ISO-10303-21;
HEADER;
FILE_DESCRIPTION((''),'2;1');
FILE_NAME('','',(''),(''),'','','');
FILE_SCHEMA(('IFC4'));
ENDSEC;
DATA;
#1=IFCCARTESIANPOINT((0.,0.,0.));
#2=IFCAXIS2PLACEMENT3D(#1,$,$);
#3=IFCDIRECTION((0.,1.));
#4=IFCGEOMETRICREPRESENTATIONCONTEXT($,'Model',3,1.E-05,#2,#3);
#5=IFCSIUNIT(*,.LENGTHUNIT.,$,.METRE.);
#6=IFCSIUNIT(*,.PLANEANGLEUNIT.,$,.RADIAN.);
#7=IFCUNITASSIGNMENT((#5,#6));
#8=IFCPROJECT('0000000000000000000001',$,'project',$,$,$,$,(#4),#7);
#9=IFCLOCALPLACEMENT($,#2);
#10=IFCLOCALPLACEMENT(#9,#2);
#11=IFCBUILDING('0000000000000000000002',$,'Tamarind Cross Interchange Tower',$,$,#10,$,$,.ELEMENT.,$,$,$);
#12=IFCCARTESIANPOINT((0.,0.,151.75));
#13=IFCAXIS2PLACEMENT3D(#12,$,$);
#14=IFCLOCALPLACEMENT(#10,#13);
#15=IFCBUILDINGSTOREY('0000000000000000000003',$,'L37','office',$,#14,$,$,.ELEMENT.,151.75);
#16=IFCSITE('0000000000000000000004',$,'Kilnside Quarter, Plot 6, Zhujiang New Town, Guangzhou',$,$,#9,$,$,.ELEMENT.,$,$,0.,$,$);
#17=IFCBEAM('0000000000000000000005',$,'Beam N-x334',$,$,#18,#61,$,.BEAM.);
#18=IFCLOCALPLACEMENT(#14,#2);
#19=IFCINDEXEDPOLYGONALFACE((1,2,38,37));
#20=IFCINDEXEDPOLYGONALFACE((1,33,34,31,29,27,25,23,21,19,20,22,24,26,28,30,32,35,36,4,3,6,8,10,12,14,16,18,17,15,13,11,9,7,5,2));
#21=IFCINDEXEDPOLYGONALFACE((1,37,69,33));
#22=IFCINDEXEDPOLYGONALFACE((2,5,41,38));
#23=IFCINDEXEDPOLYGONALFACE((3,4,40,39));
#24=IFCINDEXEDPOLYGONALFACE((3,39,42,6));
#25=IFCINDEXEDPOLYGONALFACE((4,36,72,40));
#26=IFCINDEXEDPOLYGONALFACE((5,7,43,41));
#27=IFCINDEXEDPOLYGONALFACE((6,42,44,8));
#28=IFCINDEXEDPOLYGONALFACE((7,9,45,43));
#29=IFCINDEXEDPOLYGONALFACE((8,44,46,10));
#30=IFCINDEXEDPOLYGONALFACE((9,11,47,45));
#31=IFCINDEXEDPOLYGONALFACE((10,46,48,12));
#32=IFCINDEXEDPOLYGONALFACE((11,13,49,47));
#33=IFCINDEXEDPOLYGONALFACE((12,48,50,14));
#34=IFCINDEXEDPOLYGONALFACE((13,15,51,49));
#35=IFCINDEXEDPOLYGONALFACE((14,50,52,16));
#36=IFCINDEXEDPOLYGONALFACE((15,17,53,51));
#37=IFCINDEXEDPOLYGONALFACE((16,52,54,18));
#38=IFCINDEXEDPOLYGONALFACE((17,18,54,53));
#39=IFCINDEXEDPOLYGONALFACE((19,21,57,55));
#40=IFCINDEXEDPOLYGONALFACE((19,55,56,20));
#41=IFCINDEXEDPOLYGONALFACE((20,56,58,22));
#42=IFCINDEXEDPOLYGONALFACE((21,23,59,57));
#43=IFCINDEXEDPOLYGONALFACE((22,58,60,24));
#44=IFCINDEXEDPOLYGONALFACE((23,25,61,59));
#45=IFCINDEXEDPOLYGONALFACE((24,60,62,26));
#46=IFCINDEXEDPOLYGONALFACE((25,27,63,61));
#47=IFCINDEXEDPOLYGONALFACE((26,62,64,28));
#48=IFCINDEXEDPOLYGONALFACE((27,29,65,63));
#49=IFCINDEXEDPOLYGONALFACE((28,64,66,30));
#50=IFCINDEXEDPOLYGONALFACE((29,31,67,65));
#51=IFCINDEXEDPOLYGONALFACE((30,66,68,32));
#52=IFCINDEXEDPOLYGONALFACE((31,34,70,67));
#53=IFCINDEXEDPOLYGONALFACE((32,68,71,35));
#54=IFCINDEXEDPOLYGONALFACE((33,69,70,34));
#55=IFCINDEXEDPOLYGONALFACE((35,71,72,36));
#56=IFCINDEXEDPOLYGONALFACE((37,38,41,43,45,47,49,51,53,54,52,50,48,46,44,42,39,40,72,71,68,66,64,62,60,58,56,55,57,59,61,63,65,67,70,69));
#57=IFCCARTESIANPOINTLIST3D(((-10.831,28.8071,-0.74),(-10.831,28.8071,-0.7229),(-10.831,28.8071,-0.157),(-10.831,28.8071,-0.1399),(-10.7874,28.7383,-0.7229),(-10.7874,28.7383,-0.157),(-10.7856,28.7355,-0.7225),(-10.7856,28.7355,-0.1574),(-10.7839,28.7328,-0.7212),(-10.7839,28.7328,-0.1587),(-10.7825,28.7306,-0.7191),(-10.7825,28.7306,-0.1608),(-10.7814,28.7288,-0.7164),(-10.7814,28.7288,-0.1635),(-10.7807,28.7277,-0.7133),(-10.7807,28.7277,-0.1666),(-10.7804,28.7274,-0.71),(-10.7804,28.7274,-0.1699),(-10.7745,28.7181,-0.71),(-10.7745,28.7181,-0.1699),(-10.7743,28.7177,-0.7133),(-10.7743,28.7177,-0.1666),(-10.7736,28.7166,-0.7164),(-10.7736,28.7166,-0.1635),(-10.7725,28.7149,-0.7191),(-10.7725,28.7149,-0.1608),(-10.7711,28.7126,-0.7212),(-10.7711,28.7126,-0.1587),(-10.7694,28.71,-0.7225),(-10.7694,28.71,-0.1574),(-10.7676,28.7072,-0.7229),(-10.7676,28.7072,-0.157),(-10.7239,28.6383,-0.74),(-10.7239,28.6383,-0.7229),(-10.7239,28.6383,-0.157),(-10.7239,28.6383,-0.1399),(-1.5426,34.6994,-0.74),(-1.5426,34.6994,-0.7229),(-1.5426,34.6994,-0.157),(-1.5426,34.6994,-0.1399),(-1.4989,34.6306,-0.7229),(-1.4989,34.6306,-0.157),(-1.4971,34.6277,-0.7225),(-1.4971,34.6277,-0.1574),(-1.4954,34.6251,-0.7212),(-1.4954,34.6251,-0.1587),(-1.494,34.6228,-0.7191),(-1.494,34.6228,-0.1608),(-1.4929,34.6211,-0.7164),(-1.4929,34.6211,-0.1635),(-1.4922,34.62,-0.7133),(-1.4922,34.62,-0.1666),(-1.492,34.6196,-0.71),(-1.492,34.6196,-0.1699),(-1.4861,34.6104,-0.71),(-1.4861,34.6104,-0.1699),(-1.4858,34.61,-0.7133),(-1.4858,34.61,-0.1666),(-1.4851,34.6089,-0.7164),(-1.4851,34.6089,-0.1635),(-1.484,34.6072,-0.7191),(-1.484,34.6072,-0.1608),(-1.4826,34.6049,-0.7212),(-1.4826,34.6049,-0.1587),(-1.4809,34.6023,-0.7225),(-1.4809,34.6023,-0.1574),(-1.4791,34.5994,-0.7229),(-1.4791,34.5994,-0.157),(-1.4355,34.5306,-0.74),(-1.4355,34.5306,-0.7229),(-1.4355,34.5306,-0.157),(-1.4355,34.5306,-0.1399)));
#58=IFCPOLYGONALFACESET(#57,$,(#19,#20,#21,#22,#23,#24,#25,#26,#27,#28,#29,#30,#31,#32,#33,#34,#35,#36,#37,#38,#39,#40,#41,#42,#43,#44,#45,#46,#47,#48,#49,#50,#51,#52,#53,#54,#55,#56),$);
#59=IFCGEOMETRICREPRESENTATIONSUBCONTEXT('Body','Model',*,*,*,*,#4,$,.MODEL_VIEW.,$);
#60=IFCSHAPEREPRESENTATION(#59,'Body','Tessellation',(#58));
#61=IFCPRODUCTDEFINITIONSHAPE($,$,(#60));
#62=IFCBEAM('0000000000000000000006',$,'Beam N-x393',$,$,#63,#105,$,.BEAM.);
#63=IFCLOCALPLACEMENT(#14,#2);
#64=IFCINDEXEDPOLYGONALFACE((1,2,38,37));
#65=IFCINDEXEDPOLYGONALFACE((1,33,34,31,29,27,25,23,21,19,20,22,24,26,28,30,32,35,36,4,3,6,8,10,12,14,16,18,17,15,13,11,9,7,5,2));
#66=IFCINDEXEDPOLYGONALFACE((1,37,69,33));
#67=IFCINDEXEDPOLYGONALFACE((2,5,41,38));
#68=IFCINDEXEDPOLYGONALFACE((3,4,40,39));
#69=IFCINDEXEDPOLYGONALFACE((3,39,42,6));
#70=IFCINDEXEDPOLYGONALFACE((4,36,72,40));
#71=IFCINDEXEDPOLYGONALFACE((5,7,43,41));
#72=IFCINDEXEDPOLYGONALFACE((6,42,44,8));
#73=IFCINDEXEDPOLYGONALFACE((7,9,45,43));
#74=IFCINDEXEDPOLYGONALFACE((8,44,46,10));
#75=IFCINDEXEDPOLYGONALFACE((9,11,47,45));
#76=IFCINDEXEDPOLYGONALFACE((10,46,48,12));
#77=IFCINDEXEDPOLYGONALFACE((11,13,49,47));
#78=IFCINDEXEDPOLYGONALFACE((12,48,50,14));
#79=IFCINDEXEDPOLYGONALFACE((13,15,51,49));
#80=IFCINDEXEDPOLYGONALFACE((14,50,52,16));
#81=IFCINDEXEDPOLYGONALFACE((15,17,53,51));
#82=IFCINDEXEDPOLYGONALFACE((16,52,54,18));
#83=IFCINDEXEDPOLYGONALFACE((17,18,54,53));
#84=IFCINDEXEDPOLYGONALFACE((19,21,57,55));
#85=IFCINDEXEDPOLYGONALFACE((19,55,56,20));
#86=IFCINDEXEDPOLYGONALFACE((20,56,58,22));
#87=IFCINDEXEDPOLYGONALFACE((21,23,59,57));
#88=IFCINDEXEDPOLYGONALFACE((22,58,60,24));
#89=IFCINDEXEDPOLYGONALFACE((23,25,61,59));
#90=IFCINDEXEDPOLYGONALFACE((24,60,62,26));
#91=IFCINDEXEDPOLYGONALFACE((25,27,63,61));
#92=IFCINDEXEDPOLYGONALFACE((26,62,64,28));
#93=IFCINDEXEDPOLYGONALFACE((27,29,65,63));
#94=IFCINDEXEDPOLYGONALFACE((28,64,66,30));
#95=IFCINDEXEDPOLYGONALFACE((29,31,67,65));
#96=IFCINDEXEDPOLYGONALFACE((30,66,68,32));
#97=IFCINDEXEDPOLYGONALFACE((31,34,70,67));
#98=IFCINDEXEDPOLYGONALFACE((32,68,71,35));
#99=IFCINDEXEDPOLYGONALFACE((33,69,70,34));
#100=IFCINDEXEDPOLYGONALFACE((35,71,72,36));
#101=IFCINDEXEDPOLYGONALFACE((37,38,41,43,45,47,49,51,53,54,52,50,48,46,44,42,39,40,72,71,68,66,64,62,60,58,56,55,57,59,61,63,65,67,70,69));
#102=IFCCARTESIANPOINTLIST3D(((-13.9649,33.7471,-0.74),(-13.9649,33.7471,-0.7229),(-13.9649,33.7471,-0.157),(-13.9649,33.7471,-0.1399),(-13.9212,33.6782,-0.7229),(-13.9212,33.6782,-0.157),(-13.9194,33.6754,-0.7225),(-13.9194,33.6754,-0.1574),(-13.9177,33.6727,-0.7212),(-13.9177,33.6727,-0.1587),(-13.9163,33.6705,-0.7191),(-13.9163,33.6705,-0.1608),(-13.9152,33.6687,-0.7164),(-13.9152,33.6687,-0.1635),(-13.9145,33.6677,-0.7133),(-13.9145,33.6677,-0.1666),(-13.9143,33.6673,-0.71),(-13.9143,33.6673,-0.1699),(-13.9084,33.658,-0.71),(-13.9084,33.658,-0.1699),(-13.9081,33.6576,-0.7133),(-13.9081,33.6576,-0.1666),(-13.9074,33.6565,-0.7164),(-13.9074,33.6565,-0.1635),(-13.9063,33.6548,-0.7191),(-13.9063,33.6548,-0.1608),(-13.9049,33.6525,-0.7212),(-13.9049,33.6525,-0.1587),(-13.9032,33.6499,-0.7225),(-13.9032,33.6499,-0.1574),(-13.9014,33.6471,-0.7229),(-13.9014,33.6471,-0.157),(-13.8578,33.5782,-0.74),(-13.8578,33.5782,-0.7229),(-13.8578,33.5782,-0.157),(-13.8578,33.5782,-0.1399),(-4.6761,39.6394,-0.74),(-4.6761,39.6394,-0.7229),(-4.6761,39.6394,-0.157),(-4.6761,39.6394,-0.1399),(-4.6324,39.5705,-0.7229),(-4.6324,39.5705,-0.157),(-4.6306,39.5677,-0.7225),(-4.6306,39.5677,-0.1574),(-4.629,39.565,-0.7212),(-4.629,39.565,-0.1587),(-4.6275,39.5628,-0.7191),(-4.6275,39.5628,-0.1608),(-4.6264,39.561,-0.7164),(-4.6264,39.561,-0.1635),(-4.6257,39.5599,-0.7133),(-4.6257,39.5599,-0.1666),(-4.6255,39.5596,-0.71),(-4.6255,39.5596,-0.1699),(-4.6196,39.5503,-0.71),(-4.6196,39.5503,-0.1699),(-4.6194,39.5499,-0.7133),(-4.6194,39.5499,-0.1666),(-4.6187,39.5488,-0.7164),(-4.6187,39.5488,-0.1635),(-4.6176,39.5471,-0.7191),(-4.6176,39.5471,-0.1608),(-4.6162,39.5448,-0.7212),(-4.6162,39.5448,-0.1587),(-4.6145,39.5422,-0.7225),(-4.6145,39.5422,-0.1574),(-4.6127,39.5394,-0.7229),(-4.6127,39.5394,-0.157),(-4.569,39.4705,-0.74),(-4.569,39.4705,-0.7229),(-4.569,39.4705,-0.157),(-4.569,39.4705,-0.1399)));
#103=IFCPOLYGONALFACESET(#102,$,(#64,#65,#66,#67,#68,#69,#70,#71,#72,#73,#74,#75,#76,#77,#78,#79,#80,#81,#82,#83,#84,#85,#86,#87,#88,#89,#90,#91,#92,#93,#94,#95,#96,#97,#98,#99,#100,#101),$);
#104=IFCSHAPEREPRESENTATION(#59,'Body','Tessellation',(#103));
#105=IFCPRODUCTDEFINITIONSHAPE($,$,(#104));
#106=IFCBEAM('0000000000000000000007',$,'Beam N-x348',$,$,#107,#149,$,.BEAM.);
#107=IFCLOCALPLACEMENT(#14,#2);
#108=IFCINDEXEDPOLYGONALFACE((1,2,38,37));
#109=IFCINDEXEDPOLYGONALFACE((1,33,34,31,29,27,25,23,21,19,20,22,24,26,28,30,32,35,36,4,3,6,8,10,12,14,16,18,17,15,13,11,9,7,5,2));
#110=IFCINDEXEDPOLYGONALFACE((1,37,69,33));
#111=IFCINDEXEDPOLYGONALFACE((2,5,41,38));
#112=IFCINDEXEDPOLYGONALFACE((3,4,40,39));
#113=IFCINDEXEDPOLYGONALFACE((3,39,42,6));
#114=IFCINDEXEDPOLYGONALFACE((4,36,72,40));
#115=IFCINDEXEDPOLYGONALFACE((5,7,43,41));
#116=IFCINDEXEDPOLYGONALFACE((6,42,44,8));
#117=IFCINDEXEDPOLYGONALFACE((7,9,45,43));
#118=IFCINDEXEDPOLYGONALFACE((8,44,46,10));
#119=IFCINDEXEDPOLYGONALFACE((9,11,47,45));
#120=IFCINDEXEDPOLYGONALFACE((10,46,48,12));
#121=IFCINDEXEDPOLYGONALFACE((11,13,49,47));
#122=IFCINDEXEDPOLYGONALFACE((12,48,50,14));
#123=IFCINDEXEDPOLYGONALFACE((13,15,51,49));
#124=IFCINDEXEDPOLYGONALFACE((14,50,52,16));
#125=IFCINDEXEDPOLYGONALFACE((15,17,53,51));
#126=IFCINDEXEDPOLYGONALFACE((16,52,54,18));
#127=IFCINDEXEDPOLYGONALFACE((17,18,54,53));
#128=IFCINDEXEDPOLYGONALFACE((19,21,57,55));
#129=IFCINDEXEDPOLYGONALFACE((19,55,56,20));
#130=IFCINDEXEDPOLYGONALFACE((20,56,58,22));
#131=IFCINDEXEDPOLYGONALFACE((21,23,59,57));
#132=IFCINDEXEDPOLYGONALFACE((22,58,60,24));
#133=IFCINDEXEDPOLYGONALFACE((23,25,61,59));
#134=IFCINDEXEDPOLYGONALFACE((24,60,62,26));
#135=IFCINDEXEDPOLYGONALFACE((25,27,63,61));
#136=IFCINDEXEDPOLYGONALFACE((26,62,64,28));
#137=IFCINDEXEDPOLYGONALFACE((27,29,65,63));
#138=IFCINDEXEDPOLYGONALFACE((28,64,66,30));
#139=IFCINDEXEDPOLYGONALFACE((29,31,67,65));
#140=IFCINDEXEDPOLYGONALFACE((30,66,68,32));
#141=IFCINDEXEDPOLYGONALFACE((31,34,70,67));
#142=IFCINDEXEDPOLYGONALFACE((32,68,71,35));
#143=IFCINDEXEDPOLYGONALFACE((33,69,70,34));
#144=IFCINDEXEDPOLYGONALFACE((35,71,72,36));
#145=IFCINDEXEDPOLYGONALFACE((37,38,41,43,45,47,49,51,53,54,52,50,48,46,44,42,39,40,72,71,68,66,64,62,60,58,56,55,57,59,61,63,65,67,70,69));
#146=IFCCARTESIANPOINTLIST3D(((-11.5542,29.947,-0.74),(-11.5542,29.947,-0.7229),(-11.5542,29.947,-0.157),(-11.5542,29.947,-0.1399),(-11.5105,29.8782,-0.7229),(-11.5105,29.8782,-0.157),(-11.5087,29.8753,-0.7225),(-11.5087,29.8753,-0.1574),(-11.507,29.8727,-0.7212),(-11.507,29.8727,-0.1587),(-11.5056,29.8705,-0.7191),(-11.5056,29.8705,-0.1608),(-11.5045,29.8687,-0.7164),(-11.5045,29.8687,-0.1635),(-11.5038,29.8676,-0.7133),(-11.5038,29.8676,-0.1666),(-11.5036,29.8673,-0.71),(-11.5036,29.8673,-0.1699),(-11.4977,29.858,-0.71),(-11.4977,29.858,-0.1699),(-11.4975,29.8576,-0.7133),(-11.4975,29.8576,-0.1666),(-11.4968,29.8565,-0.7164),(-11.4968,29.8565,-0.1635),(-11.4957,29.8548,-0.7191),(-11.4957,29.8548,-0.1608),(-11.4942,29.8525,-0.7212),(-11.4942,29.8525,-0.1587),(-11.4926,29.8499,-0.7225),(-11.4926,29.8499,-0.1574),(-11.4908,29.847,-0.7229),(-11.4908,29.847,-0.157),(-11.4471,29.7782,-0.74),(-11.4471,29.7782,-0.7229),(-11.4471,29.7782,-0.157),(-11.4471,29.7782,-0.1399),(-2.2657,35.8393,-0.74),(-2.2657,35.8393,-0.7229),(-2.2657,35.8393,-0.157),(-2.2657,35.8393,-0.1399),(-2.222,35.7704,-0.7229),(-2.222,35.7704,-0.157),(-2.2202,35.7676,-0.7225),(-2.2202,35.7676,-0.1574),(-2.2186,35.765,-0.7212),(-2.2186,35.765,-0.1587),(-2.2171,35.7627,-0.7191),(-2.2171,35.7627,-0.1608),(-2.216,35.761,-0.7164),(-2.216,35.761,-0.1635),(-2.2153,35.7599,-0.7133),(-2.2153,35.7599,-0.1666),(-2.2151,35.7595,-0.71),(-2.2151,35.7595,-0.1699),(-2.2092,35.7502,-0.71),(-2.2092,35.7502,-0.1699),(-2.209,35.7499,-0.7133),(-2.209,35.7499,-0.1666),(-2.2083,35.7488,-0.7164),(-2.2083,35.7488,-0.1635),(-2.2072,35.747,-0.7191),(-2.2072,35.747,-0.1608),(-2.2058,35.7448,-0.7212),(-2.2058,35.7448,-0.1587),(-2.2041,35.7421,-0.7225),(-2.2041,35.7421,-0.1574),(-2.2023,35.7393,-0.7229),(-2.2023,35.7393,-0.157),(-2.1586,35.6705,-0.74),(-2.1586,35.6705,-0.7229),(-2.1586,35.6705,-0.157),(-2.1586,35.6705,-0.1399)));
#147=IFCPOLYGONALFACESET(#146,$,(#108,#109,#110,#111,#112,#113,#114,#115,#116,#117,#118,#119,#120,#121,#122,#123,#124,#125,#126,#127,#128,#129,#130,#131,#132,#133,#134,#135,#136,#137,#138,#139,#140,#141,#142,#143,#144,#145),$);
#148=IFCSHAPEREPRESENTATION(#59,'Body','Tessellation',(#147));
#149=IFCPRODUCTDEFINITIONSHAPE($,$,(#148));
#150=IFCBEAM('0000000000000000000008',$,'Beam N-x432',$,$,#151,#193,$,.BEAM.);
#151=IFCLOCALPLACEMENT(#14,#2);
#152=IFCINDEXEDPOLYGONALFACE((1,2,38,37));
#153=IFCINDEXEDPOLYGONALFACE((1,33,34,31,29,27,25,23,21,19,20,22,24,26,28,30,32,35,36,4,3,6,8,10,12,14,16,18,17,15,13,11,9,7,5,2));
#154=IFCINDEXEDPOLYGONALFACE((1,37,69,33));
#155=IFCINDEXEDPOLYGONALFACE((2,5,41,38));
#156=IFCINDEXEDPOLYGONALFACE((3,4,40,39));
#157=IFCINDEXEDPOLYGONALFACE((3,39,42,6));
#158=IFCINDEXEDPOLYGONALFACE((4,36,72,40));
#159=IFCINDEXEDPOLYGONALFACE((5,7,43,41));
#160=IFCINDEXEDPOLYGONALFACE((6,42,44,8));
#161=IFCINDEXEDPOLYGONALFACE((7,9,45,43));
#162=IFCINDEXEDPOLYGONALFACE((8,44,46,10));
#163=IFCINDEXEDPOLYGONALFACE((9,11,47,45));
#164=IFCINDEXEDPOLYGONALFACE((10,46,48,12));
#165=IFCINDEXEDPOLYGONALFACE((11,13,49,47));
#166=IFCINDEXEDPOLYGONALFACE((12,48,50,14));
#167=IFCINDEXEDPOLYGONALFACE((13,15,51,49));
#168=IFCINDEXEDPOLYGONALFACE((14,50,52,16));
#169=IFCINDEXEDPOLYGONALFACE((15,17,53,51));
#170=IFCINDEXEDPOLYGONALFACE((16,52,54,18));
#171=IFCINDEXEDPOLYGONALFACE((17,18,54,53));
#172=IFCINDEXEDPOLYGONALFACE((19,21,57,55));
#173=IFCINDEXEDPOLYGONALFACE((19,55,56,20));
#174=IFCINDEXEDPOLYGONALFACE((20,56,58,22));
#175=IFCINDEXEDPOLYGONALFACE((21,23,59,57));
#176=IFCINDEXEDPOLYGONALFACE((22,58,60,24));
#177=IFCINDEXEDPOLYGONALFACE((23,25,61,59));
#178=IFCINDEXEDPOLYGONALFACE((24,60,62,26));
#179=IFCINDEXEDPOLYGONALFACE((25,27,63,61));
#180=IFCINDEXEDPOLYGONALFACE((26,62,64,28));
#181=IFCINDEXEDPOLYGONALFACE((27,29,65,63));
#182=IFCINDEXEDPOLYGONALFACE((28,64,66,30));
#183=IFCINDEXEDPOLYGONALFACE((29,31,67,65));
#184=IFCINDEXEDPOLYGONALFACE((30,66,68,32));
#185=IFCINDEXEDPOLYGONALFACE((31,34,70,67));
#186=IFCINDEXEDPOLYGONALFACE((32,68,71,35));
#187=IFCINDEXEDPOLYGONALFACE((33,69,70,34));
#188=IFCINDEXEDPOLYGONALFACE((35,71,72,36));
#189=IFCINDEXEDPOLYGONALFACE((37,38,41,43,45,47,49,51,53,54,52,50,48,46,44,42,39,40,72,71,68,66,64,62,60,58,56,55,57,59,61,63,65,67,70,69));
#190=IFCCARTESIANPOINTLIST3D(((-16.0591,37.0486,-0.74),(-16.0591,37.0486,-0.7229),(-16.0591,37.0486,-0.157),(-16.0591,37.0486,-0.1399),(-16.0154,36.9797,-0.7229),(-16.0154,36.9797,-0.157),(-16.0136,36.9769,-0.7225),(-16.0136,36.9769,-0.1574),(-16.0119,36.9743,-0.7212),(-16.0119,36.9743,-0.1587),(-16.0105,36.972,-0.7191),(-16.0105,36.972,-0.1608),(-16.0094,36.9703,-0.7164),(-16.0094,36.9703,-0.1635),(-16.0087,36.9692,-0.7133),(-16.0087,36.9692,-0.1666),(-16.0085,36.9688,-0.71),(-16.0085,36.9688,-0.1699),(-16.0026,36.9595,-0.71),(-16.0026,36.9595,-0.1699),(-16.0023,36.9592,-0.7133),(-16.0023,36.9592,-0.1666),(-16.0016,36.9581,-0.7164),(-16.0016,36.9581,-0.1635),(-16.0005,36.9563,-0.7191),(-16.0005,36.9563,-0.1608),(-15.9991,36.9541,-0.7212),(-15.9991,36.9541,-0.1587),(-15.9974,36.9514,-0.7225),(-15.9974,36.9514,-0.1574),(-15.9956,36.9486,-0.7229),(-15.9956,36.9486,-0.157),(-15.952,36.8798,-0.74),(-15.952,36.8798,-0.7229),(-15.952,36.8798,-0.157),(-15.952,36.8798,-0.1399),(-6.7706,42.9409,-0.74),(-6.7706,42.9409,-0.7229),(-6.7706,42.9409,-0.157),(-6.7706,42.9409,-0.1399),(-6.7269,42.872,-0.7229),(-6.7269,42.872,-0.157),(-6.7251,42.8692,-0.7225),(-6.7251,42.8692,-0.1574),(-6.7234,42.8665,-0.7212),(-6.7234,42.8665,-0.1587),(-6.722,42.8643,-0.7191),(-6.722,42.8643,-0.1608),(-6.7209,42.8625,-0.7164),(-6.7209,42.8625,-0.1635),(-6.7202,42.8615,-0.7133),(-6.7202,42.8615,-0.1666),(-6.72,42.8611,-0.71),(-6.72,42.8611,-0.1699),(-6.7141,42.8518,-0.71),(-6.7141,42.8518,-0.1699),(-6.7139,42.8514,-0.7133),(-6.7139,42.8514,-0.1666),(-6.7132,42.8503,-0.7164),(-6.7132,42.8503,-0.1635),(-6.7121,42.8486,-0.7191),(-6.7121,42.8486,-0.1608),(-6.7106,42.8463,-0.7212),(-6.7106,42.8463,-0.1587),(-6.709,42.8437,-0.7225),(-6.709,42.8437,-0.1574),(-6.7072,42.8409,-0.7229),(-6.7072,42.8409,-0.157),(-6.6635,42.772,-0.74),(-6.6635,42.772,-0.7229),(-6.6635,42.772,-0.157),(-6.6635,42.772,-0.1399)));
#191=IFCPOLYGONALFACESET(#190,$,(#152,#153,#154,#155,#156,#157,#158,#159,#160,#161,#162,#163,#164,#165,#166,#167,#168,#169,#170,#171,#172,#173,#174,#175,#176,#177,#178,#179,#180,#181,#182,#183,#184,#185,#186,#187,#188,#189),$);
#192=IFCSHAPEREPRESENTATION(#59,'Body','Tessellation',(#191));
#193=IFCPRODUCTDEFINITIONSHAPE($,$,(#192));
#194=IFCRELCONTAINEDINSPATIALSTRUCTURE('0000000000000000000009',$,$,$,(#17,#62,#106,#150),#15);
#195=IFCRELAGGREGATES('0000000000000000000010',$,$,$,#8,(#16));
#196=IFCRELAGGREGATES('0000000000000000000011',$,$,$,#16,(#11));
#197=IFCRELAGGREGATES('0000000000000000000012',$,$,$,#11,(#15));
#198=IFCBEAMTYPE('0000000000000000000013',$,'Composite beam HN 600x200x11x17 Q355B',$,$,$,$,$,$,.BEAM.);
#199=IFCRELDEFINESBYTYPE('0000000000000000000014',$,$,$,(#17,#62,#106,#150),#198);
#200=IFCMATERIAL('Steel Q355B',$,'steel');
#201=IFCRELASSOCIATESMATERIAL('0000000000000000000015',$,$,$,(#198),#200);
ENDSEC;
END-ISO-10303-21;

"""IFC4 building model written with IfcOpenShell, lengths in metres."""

from ifc_helpers import new_model, si_unit, direction, frame, origin, origin_2d, place, context, subcontext, project, spatial, i_section, extrude, material, material_profile, profile_set, type_object, element, save


model = new_model("IFC4")

# Units and contexts
model_context = context("Model", 3, precision=1e-05, world=origin(), true_north=direction((0.0, 1.0)))
body_context = subcontext(model_context, "Body", "Model", "MODEL_VIEW")
ifc_project = project(units=[si_unit("LENGTHUNIT", "METRE"), si_unit("PLANEANGLEUNIT", "RADIAN")], contexts=[model_context])

# Site, building, storey
site_placement = place(None, origin())
site = spatial("IfcSite", under=ifc_project, at=site_placement, Name="Kilnside Quarter, Plot 6, Zhujiang New Town, Guangzhou", CompositionType="ELEMENT", RefElevation=0.0)
building_placement = place(site_placement, origin())
building = spatial("IfcBuilding", under=site, at=building_placement, Name="Tamarind Cross Interchange Tower", CompositionType="ELEMENT")
storey_placement = place(building_placement, frame((0.0, 0.0, 151.75)))
storey = spatial("IfcBuildingStorey", under=building, at=storey_placement, Name="L37", Description="office", CompositionType="ELEMENT", Elevation=151.75)

# Beams
ifc_material_1 = material(Name="Steel Q355B", Category="steel")
ifc_material_profile_1 = material_profile(ifc_material_1, i_section(OverallWidth=0.2, OverallDepth=0.6001, WebThickness=0.011, FlangeThickness=0.0171, FilletRadius=0.0129, at=origin_2d()), Name="HN 600x200x11x17")
ifc_profile_set_1 = profile_set([ifc_material_profile_1], Name="Steel Q355B")
beam_type_1 = type_object("IfcBeamType", Name="Composite beam HN 600x200x11x17 Q355B", PredefinedType="BEAM", material=ifc_profile_set_1)
beam_1_placement = place(storey_placement, frame((-1.489, 34.615, -0.4399), z_axis=(-0.844426, -0.535673, 0.0), x_axis=(0.535673, -0.844426, 0.0)))
element("IfcBeam", 1, at=beam_1_placement, inside=storey, type_object=beam_type_1, Name="Beam N-x334", PredefinedType="BEAM", context=body_context, shape_type="SweptSolid", body=[
    extrude(i_section(OverallWidth=0.2, OverallDepth=0.6001, WebThickness=0.011, FlangeThickness=0.0171, FilletRadius=0.0129, at=origin_2d()), origin(), (0.0, 0.0, 1.0), 10.9998),
])
beam_2_placement = place(storey_placement, frame((-4.6226, 39.5549, -0.4399), z_axis=(-0.844432, -0.535663, 0.0), x_axis=(0.535663, -0.844432, 0.0)))
element("IfcBeam", 2, at=beam_2_placement, inside=storey, type_object=beam_type_1, Name="Beam N-x393", PredefinedType="BEAM", context=body_context, shape_type="SweptSolid", body=[
    extrude(i_section(OverallWidth=0.2, OverallDepth=0.6001, WebThickness=0.011, FlangeThickness=0.0171, FilletRadius=0.0129, at=origin_2d()), origin(), (0.0, 0.0, 1.0), 11.0),
])
for number, where, z_axis, x_axis, name in (
    (3, (-2.2122, 35.7549, -0.4399), (-0.844426, -0.535673, 0.0), (0.535673, -0.844426, 0.0), "Beam N-x348"),
    (4, (-6.717, 42.8564, -0.4399), (-0.844426, -0.535673, 0.0), (0.535673, -0.844426, 0.0), "Beam N-x432"),
):
    element("IfcBeam", number, at=place(storey_placement, frame(where, z_axis=z_axis, x_axis=x_axis)), inside=storey, type_object=beam_type_1, Name=name, PredefinedType="BEAM", context=body_context, shape_type="SweptSolid", body=[
        extrude(i_section(OverallWidth=0.2, OverallDepth=0.6001, WebThickness=0.011, FlangeThickness=0.0171, FilletRadius=0.0129, at=origin_2d()), origin(), (0.0, 0.0, 1.0), 10.9998),
    ])

save(model, "model.ifc")
